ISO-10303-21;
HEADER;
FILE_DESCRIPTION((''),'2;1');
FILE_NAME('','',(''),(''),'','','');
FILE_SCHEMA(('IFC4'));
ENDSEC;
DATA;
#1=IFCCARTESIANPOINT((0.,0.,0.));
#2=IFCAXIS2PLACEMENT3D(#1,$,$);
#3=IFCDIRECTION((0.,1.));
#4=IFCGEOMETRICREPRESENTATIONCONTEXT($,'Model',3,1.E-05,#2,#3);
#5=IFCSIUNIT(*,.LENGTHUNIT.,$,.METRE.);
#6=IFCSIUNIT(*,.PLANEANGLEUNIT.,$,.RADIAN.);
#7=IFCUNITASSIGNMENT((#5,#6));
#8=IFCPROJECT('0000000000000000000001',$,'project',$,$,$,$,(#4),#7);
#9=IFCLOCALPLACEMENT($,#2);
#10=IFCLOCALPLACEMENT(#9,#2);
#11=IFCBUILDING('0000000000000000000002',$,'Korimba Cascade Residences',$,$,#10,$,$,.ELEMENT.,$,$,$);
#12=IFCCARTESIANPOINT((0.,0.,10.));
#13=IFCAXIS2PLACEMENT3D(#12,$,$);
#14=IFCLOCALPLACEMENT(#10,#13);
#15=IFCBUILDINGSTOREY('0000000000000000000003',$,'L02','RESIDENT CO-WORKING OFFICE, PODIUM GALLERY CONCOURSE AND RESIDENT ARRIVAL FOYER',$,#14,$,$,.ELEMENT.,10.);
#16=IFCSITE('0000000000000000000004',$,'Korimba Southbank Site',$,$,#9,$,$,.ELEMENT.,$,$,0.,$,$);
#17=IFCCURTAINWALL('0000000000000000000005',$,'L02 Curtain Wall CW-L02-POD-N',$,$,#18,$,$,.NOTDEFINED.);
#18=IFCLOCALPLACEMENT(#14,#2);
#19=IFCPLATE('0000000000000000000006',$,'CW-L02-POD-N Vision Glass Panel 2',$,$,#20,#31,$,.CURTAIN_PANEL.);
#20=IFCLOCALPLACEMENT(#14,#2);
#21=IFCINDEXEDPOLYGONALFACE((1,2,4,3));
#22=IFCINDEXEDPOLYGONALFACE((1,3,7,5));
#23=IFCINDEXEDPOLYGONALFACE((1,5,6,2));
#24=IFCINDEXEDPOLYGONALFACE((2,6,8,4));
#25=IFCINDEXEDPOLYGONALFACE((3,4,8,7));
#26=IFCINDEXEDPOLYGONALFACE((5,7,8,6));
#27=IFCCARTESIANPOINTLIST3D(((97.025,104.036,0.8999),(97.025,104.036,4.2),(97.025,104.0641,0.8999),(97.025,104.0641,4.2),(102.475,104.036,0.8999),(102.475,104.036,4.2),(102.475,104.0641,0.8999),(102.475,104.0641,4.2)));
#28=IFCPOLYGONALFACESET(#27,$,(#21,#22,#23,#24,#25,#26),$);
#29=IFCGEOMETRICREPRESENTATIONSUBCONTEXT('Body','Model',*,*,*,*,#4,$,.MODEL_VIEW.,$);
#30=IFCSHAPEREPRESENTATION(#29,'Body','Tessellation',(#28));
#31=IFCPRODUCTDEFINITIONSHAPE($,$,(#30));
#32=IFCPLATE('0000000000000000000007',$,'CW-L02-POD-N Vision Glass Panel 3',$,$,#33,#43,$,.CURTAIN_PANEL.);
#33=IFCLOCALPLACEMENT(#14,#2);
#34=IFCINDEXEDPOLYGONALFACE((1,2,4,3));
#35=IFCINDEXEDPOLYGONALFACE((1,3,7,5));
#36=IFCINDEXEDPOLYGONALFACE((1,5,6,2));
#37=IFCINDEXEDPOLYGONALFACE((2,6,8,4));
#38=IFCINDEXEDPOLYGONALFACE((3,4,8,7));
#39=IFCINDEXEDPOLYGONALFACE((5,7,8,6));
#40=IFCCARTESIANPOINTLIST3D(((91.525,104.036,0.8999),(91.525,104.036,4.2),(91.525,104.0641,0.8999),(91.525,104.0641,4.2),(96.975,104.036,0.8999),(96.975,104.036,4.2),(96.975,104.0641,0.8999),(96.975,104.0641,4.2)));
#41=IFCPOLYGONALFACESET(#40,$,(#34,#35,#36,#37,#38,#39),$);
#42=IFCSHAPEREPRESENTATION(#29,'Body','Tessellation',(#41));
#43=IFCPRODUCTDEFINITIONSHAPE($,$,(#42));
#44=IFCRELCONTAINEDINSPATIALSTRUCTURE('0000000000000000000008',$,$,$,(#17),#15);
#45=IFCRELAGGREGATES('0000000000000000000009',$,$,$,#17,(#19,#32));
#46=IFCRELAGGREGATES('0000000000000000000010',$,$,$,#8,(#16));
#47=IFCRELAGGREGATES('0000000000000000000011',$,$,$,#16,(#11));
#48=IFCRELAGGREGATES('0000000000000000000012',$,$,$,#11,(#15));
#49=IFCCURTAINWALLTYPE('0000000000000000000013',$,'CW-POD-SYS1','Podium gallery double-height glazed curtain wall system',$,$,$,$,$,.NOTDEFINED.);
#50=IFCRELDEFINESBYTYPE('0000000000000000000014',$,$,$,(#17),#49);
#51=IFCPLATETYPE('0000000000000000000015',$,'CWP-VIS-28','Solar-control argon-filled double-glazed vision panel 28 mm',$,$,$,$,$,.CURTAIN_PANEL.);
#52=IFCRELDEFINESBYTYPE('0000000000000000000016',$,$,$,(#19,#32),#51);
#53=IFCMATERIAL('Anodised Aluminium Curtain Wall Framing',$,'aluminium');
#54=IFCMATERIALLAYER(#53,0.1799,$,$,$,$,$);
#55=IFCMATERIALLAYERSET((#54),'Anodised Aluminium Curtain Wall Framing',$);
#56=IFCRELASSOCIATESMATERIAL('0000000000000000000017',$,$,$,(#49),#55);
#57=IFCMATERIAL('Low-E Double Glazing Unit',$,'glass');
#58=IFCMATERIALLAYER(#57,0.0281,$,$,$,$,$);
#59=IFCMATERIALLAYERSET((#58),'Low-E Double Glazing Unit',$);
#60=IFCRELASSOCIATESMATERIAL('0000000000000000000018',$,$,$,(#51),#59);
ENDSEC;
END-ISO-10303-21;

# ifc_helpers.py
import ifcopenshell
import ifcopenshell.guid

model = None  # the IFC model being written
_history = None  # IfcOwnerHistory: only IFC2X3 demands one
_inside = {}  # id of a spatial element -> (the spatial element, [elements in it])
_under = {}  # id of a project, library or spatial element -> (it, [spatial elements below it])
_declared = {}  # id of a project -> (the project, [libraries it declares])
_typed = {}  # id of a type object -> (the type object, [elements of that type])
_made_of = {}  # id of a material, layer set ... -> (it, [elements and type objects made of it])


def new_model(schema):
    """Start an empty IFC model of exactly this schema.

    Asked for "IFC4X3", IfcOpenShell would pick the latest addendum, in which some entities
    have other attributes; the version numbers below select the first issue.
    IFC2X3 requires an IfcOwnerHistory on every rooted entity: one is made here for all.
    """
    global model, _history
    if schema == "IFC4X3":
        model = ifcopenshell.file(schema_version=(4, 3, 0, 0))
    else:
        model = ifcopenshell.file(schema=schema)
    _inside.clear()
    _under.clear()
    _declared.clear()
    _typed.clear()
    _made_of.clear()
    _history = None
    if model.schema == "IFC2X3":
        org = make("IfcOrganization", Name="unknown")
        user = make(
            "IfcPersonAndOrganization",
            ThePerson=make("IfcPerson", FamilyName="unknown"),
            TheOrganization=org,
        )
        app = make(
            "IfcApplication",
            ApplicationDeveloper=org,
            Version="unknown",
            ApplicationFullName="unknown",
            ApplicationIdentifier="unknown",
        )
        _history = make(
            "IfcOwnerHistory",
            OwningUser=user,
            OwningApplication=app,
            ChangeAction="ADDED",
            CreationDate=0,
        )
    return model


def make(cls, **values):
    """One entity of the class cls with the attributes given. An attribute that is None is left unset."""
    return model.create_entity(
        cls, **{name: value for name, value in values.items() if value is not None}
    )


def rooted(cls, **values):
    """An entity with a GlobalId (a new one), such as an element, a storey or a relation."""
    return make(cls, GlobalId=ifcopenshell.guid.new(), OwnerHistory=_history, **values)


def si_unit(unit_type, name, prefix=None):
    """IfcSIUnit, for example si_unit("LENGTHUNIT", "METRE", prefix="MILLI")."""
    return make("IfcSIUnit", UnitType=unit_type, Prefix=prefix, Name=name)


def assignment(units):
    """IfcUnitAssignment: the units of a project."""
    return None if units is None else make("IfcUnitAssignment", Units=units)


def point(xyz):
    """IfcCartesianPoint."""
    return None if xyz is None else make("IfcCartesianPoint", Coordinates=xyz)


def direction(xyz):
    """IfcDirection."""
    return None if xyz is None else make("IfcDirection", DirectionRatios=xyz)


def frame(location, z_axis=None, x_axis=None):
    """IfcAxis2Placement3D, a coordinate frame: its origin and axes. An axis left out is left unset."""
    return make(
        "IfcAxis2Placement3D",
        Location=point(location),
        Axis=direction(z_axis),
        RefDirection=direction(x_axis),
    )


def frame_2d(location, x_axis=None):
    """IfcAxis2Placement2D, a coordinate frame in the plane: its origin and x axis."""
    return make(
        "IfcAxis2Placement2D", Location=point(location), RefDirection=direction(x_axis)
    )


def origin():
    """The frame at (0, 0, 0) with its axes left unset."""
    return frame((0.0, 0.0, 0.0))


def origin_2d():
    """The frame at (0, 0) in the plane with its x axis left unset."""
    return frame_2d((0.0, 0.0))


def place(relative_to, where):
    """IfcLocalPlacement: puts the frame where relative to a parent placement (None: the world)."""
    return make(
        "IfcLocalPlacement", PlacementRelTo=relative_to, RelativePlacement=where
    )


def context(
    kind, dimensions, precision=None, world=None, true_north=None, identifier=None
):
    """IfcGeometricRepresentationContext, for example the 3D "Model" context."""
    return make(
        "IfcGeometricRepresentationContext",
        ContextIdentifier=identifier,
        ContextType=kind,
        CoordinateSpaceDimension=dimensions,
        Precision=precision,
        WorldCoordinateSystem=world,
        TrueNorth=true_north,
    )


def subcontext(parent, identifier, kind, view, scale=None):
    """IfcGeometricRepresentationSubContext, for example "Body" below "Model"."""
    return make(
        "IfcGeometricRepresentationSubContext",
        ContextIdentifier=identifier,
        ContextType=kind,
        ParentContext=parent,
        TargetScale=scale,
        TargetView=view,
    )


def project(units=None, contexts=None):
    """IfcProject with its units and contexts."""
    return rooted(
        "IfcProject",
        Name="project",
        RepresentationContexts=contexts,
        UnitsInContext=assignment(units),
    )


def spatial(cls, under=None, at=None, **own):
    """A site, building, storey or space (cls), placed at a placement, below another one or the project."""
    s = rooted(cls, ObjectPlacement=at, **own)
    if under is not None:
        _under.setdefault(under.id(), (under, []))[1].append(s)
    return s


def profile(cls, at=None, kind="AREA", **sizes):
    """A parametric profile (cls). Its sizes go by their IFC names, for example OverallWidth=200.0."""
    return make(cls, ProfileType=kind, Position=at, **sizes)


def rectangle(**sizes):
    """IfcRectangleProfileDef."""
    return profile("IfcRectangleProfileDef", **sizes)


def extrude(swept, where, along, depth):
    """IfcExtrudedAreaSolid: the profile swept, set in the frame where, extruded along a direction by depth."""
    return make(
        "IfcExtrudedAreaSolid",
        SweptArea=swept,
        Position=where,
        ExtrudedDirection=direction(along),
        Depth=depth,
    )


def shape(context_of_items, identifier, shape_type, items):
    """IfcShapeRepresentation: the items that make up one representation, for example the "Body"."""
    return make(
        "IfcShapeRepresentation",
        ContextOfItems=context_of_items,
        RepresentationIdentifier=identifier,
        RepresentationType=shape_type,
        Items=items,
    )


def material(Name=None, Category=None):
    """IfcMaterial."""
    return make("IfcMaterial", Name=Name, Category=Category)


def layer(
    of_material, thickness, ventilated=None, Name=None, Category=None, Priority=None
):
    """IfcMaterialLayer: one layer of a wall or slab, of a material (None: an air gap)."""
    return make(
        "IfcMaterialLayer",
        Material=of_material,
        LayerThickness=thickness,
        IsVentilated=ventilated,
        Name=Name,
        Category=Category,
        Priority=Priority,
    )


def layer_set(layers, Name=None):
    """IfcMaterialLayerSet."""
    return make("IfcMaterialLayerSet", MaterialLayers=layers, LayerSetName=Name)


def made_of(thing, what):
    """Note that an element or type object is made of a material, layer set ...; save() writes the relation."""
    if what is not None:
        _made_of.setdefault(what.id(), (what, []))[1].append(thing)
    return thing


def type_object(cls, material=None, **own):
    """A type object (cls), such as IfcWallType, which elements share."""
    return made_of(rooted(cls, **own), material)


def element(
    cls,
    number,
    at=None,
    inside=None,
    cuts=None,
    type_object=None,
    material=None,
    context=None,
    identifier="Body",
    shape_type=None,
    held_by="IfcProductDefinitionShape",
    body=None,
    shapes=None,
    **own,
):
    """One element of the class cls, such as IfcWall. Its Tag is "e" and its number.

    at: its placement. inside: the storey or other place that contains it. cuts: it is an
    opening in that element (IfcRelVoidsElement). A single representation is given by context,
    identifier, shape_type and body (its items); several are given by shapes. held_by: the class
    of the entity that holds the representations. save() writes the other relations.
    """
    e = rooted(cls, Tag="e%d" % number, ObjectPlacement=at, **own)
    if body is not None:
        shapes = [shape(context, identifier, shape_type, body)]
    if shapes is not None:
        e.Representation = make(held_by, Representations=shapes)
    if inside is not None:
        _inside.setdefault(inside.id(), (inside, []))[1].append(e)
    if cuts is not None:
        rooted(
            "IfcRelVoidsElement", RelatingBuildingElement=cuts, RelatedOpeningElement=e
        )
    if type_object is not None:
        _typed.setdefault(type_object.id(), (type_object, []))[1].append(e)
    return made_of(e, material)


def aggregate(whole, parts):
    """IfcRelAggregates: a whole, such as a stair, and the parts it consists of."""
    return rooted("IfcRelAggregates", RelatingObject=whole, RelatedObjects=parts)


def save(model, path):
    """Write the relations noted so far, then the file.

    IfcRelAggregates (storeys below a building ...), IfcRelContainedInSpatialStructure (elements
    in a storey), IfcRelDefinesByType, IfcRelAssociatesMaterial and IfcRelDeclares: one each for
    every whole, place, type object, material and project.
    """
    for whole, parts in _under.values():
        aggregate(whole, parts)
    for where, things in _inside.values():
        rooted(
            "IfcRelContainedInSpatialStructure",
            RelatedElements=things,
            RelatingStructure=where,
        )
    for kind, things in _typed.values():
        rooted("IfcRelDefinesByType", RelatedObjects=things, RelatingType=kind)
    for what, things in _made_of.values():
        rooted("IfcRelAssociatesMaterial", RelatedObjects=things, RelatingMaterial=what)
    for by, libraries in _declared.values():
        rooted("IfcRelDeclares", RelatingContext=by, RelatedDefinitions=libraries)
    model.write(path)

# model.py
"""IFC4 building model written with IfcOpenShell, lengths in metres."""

from ifc_helpers import new_model, si_unit, direction, frame, origin, origin_2d, place, context, subcontext, project, spatial, rectangle, extrude, material, layer, layer_set, type_object, element, aggregate, save


model = new_model("IFC4")

# Units and contexts
model_context = context("Model", 3, precision=1e-05, world=origin(), true_north=direction((0.0, 1.0)))
body_context = subcontext(model_context, "Body", "Model", "MODEL_VIEW")
ifc_project = project(units=[si_unit("LENGTHUNIT", "METRE"), si_unit("PLANEANGLEUNIT", "RADIAN")], contexts=[model_context])

# Site, building, storey
site_placement = place(None, origin())
site = spatial("IfcSite", under=ifc_project, at=site_placement, Name="Korimba Southbank Site", CompositionType="ELEMENT", RefElevation=0.0)
building_placement = place(site_placement, origin())
building = spatial("IfcBuilding", under=site, at=building_placement, Name="Korimba Cascade Residences", CompositionType="ELEMENT")
storey_placement = place(building_placement, frame((0.0, 0.0, 10.0)))
storey = spatial("IfcBuildingStorey", under=building, at=storey_placement, Name="L02", Description="RESIDENT CO-WORKING OFFICE, PODIUM GALLERY CONCOURSE AND RESIDENT ARRIVAL FOYER", CompositionType="ELEMENT", Elevation=10.0)

# Curtain wall, plates
ifc_material_1 = material(Name="Anodised Aluminium Curtain Wall Framing", Category="aluminium")
ifc_layer_1 = layer(ifc_material_1, 0.1799)
ifc_layer_set_1 = layer_set([ifc_layer_1], Name="Anodised Aluminium Curtain Wall Framing")
curtain_wall_type = type_object("IfcCurtainWallType", Name="CW-POD-SYS1", Description="Podium gallery double-height glazed curtain wall system", PredefinedType="NOTDEFINED", material=ifc_layer_set_1)
curtain_wall_placement = place(storey_placement, origin())
curtain_wall = element("IfcCurtainWall", 1, at=curtain_wall_placement, inside=storey, type_object=curtain_wall_type, Name="L02 Curtain Wall CW-L02-POD-N", PredefinedType="NOTDEFINED")
ifc_material_2 = material(Name="Low-E Double Glazing Unit", Category="glass")
ifc_layer_2 = layer(ifc_material_2, 0.0281)
ifc_layer_set_2 = layer_set([ifc_layer_2], Name="Low-E Double Glazing Unit")
plate_type_1 = type_object("IfcPlateType", Name="CWP-VIS-28", Description="Solar-control argon-filled double-glazed vision panel 28 mm", PredefinedType="CURTAIN_PANEL", material=ifc_layer_set_2)
plate_1_placement = place(storey_placement, frame((99.75, 104.05, 0.8999), z_axis=(0.0, 0.0, 1.0), x_axis=(-1.0, 0.0, 0.0)))
plate_1 = element("IfcPlate", 2, at=plate_1_placement, type_object=plate_type_1, Name="CW-L02-POD-N Vision Glass Panel 2", PredefinedType="CURTAIN_PANEL", context=body_context, shape_type="SweptSolid", body=[
    extrude(rectangle(XDim=5.45, YDim=0.0281, at=origin_2d()), origin(), (0.0, 0.0, 1.0), 3.3),
])
plate_2_placement = place(storey_placement, frame((94.25, 104.05, 0.8999), z_axis=(0.0, 0.0, 1.0), x_axis=(-1.0, 0.0, 0.0)))
plate_2 = element("IfcPlate", 3, at=plate_2_placement, type_object=plate_type_1, Name="CW-L02-POD-N Vision Glass Panel 3", PredefinedType="CURTAIN_PANEL", context=body_context, shape_type="SweptSolid", body=[
    extrude(rectangle(XDim=5.45, YDim=0.0281, at=origin_2d()), origin(), (0.0, 0.0, 1.0), 3.3),
])
aggregate(curtain_wall, [plate_1, plate_2])

save(model, "model.ifc")
